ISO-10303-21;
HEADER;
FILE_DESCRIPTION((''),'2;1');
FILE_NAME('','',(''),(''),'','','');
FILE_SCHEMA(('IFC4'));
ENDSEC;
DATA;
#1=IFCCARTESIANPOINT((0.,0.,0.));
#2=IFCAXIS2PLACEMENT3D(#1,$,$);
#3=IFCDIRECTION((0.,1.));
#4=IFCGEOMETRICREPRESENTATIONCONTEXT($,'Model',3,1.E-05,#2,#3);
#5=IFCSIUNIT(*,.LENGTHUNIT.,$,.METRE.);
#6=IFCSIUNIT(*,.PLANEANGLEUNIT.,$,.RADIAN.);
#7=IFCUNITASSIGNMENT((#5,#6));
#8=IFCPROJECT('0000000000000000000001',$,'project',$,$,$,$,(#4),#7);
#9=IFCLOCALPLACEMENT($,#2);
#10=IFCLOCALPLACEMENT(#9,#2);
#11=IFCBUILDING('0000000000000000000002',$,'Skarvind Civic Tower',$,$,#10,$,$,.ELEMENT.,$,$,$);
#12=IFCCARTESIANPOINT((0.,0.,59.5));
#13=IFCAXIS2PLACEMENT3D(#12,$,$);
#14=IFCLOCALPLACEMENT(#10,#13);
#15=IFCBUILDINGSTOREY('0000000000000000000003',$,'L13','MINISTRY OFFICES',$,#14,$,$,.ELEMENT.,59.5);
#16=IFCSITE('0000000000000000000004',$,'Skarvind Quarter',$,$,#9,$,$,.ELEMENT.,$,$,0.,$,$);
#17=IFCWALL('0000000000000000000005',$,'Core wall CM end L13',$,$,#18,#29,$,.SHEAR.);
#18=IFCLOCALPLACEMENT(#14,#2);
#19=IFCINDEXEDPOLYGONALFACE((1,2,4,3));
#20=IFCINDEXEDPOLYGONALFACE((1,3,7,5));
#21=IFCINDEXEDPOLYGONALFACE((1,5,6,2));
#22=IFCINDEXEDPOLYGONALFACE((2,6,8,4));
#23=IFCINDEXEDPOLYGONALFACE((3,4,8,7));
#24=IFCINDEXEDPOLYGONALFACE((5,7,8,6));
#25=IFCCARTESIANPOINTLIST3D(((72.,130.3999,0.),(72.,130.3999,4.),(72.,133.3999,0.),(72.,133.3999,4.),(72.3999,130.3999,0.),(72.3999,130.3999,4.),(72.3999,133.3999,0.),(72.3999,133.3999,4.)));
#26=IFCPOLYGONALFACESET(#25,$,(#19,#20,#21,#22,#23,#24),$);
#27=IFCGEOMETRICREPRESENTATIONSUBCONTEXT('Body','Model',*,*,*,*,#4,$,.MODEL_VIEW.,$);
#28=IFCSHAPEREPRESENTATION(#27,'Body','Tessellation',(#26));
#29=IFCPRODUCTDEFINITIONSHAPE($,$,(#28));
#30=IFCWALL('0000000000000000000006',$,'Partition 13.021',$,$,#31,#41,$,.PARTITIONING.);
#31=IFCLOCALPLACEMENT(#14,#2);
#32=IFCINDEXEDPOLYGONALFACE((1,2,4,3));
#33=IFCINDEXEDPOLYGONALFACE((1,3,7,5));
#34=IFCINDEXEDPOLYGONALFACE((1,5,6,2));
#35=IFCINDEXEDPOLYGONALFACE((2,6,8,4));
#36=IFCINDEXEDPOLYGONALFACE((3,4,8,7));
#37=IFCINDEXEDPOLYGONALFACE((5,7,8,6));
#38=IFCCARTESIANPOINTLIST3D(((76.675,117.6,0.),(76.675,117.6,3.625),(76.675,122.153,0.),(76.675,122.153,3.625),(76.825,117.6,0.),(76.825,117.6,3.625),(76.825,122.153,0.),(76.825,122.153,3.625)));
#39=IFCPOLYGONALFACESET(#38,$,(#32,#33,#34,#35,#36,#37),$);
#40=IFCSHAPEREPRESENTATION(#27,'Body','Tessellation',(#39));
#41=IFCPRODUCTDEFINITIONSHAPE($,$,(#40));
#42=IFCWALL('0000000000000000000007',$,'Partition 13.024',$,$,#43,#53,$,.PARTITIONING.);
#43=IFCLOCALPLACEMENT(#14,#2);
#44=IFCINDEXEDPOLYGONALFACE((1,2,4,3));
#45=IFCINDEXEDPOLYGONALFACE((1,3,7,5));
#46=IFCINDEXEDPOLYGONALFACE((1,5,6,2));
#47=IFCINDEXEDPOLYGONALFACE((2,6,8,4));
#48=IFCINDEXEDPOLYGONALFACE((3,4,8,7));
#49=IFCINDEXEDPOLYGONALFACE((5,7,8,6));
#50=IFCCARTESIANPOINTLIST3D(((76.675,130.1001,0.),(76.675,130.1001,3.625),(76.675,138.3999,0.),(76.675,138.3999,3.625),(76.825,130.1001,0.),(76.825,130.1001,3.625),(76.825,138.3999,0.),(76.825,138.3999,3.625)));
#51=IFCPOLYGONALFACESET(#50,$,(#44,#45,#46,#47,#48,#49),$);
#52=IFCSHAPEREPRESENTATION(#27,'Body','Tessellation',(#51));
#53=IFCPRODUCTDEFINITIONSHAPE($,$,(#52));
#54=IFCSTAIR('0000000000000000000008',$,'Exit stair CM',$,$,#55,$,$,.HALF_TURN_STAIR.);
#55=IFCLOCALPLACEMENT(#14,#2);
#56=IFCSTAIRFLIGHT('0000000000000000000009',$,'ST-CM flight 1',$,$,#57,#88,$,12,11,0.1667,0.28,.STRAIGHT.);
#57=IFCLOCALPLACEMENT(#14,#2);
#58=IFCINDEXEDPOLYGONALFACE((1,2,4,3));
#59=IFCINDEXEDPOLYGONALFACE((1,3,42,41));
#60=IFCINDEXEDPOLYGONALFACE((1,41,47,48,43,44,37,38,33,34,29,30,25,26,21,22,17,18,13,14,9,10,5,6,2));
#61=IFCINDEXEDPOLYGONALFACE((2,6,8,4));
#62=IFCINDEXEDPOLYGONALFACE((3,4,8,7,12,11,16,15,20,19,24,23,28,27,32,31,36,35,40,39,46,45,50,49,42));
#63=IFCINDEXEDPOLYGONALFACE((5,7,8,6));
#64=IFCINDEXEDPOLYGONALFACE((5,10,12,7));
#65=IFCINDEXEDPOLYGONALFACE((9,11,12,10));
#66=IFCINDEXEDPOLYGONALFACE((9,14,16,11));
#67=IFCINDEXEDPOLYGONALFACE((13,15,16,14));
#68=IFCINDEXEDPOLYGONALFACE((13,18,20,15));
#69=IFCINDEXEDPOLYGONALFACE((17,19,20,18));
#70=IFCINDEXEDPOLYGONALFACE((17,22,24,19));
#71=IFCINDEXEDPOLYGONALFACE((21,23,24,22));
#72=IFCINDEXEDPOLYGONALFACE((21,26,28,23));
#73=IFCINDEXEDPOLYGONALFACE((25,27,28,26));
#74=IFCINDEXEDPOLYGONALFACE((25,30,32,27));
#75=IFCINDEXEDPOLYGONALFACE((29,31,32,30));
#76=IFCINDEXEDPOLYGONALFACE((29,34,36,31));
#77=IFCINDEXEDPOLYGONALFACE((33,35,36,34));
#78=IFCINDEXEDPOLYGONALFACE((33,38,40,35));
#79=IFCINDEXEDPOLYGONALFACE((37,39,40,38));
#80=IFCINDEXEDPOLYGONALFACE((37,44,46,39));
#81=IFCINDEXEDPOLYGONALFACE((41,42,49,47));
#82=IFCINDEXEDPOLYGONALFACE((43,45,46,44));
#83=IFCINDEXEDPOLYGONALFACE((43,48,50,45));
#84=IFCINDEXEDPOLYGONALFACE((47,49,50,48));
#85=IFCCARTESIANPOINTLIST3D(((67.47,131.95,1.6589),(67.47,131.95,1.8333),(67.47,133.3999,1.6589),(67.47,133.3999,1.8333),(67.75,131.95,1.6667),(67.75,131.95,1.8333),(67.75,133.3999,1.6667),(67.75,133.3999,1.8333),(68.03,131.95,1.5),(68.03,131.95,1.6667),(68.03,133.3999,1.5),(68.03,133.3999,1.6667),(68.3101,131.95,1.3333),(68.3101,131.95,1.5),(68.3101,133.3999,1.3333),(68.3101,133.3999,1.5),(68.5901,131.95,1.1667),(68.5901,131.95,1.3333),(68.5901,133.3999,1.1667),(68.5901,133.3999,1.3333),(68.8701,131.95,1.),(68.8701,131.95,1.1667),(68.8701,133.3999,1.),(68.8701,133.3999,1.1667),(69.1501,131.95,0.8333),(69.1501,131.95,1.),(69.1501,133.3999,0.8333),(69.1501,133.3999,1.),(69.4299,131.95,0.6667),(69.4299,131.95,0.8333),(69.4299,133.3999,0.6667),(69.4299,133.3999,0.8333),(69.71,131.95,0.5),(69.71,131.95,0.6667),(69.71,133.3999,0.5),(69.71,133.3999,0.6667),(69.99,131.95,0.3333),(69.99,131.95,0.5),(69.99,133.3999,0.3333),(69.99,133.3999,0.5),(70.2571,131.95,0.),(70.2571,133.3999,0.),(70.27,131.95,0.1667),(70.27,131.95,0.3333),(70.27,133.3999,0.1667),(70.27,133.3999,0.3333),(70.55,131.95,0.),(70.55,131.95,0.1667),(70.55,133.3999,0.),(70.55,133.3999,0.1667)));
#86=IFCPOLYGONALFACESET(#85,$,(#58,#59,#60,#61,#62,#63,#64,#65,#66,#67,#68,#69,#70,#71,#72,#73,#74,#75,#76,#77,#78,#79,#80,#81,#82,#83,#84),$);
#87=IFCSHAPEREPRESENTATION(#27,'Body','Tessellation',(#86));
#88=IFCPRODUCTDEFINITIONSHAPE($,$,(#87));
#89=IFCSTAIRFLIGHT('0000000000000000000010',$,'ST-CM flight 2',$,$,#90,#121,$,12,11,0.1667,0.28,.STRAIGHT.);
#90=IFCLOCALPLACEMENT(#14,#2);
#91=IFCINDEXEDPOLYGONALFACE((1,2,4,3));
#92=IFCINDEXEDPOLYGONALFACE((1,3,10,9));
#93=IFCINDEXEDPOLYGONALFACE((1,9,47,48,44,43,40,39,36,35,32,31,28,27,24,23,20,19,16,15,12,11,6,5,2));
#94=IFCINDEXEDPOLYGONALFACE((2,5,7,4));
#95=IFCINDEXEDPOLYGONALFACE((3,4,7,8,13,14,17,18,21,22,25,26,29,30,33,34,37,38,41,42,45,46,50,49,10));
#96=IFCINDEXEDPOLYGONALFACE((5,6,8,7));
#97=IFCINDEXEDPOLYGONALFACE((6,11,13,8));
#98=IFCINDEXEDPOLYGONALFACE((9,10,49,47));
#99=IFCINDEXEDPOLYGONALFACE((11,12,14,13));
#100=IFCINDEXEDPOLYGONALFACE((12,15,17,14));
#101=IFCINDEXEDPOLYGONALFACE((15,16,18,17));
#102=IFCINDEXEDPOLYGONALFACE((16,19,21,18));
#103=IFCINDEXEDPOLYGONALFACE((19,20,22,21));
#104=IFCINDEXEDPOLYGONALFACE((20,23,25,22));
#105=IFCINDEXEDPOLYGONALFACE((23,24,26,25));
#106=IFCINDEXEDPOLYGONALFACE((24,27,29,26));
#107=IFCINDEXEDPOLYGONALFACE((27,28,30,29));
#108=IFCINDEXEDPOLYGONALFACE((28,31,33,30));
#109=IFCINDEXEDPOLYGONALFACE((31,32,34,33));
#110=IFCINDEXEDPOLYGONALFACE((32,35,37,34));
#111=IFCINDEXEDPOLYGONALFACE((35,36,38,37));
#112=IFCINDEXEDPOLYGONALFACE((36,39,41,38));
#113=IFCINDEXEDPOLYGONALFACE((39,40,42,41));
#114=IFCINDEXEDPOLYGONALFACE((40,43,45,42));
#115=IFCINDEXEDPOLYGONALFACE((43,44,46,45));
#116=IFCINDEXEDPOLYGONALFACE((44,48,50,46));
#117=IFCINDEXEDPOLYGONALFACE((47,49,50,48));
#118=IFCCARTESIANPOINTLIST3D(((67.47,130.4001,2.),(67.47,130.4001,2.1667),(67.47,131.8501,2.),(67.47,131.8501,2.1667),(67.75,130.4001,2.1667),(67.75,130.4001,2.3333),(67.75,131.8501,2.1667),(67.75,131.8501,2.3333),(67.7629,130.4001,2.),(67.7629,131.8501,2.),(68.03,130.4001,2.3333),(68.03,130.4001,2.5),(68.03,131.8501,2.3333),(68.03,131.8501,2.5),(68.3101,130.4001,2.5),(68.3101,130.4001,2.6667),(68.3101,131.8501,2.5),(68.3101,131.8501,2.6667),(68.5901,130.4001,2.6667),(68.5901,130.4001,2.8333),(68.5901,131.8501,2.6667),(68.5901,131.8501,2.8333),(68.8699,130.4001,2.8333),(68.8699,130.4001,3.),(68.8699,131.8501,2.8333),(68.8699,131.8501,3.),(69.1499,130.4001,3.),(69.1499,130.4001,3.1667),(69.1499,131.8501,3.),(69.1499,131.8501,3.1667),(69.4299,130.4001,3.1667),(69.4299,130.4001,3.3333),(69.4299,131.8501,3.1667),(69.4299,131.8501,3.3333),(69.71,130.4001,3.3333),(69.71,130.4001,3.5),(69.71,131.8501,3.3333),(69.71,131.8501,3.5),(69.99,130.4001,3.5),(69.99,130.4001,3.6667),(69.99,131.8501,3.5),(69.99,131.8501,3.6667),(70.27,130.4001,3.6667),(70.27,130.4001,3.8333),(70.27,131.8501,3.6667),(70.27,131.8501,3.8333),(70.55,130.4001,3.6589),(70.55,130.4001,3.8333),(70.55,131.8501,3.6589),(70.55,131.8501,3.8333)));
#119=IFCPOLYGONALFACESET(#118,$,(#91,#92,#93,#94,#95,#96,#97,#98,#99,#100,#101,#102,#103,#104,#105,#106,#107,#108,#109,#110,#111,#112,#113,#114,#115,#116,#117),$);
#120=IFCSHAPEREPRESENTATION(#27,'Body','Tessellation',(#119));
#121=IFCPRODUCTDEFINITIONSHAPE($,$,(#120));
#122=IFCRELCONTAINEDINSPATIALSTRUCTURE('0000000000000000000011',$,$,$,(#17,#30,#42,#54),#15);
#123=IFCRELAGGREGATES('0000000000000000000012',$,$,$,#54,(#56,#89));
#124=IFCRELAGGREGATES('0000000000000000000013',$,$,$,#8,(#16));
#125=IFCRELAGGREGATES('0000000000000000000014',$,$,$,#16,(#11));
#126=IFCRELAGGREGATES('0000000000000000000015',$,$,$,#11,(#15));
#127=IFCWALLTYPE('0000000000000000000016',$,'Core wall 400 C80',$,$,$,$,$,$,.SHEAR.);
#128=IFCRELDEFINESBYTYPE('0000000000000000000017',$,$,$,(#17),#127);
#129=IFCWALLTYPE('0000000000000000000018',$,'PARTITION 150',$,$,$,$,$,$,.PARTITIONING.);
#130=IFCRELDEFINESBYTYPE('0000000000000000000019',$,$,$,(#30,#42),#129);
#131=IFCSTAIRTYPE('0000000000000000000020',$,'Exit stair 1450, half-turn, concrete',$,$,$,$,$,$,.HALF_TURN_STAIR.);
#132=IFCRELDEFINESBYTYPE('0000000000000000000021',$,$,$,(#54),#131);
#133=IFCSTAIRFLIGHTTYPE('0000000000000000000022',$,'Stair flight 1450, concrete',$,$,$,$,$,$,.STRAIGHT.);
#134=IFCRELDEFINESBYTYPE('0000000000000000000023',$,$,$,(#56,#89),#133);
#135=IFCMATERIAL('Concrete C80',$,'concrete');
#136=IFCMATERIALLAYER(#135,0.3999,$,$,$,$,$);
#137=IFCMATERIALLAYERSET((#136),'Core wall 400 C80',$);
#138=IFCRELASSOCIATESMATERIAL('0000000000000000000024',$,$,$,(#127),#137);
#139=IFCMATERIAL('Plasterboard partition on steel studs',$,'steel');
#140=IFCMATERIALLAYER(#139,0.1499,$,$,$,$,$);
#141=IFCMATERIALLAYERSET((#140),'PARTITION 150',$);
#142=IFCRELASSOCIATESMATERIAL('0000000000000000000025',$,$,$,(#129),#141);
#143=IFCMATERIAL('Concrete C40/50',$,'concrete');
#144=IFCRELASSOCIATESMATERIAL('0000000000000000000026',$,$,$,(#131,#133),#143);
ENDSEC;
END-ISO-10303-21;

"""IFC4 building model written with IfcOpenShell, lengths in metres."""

from ifc_helpers import new_model, si_unit, direction, frame, frame_2d, origin, place, context, subcontext, project, spatial, polyline, rectangle, outline, extrude, material, layer, layer_set, type_object, element, aggregate, save


model = new_model("IFC4")

# Units and contexts
model_context = context("Model", 3, precision=1e-05, world=origin(), true_north=direction((0.0, 1.0)))
body_context = subcontext(model_context, "Body", "Model", "MODEL_VIEW")
ifc_project = project(units=[si_unit("LENGTHUNIT", "METRE"), si_unit("PLANEANGLEUNIT", "RADIAN")], contexts=[model_context])

# Site, building, storey
site_placement = place(None, origin())
site = spatial("IfcSite", under=ifc_project, at=site_placement, Name="Skarvind Quarter", CompositionType="ELEMENT", RefElevation=0.0)
building_placement = place(site_placement, origin())
building = spatial("IfcBuilding", under=site, at=building_placement, Name="Skarvind Civic Tower", CompositionType="ELEMENT")
storey_placement = place(building_placement, frame((0.0, 0.0, 59.5)))
storey = spatial("IfcBuildingStorey", under=building, at=storey_placement, Name="L13", Description="MINISTRY OFFICES", CompositionType="ELEMENT", Elevation=59.5)

# Shared definitions
ifc_material_1 = material(Name="Concrete C80", Category="concrete")

# Walls
ifc_layer_1 = layer(ifc_material_1, 0.3999)
ifc_layer_set_1 = layer_set([ifc_layer_1], Name="Core wall 400 C80")
wall_type_1 = type_object("IfcWallType", Name="Core wall 400 C80", PredefinedType="SHEAR", material=ifc_layer_set_1)
for number, where, z_axis, x_axis, name in (
    (1, (72.2, 130.3999, 0.0), (0.0, 0.0, 1.0), (0.0, 1.0, 0.0), "Core wall CM end L13"),
):
    element("IfcWall", number, at=place(storey_placement, frame(where, z_axis=z_axis, x_axis=x_axis)), inside=storey, type_object=wall_type_1, Name=name, PredefinedType="SHEAR", context=body_context, shape_type="SweptSolid", body=[
        extrude(rectangle(XDim=3.0, YDim=0.3999, at=frame_2d((1.5, 0.0))), origin(), (0.0, 0.0, 1.0), 4.0),
    ])
ifc_material_2 = material(Name="Plasterboard partition on steel studs", Category="steel")
ifc_layer_2 = layer(ifc_material_2, 0.1499)
ifc_layer_set_2 = layer_set([ifc_layer_2], Name="PARTITION 150")
wall_type_2 = type_object("IfcWallType", Name="PARTITION 150", PredefinedType="PARTITIONING", material=ifc_layer_set_2)
wall_1_placement = place(storey_placement, frame((76.75, 117.6001, 0.0), z_axis=(0.0, 0.0, 1.0), x_axis=(0.0, 1.0, 0.0)))
element("IfcWall", 2, at=wall_1_placement, inside=storey, type_object=wall_type_2, Name="Partition 13.021", PredefinedType="PARTITIONING", context=body_context, shape_type="SweptSolid", body=[
    extrude(rectangle(XDim=4.553, YDim=0.1499, at=frame_2d((2.2764, 0.0))), origin(), (0.0, 0.0, 1.0), 3.625),
])
wall_2_placement = place(storey_placement, frame((76.75, 130.1001, 0.0), z_axis=(0.0, 0.0, 1.0), x_axis=(0.0, 1.0, 0.0)))
element("IfcWall", 3, at=wall_2_placement, inside=storey, type_object=wall_type_2, Name="Partition 13.024", PredefinedType="PARTITIONING", context=body_context, shape_type="SweptSolid", body=[
    extrude(rectangle(XDim=8.2998, YDim=0.1499, at=frame_2d((4.1499, 0.0))), origin(), (0.0, 0.0, 1.0), 3.625),
])

# Stair, stair flights
ifc_material_3 = material(Name="Concrete C40/50", Category="concrete")
stair_type = type_object("IfcStairType", Name="Exit stair 1450, half-turn, concrete", PredefinedType="HALF_TURN_STAIR", material=ifc_material_3)
stair_placement = place(storey_placement, origin())
stair = element("IfcStair", 4, at=stair_placement, inside=storey, type_object=stair_type, Name="Exit stair CM", PredefinedType="HALF_TURN_STAIR")
stair_flight_type = type_object("IfcStairFlightType", Name="Stair flight 1450, concrete", PredefinedType="STRAIGHT", material=ifc_material_3)
stair_flight_1_placement = place(storey_placement, frame((70.55, 132.675, 0.0), z_axis=(0.0, 0.0, 1.0), x_axis=(-1.0, 0.0, 0.0)))
stair_flight_1 = element("IfcStairFlight", 5, at=stair_flight_1_placement, type_object=stair_flight_type, Name="ST-CM flight 1", NumberOfRisers=12, NumberOfTreads=11, PredefinedType="STRAIGHT", RiserHeight=0.1667, TreadLength=0.28, context=body_context, shape_type="SweptSolid", body=[
    extrude(outline(polyline([(0.0, 0.0), (0.0, 0.1667), (0.28, 0.1667), (0.28, 0.3333), (0.5601, 0.3333), (0.5601, 0.5), (0.8401, 0.5), (0.8401, 0.6667), (1.1201, 0.6667), (1.1201, 0.8333), (1.3999, 0.8333), (1.3999, 1.0), (1.6799, 1.0), (1.6799, 1.1667), (1.96, 1.1667), (1.96, 1.3333), (2.24, 1.3333), (2.24, 1.5), (2.52, 1.5), (2.52, 1.6667), (2.8, 1.6667), (2.8, 1.8333), (3.0801, 1.8333), (3.0801, 2.0), (3.0801, 1.6589), (0.293, 0.0), (0.0, 0.0)])), frame((0.0, 0.7251, 0.0), z_axis=(0.0, -1.0, 0.0), x_axis=(1.0, 0.0, 0.0)), (0.0, 0.0, 1.0), 1.45),
])
stair_flight_2_placement = place(storey_placement, frame((67.47, 131.125, 2.0), z_axis=(0.0, 0.0, 1.0), x_axis=(1.0, 0.0, 0.0)))
stair_flight_2 = element("IfcStairFlight", 6, at=stair_flight_2_placement, type_object=stair_flight_type, Name="ST-CM flight 2", NumberOfRisers=12, NumberOfTreads=11, PredefinedType="STRAIGHT", RiserHeight=0.1667, TreadLength=0.28, context=body_context, shape_type="SweptSolid", body=[
    extrude(outline(polyline([(0.0, 0.0), (0.0, 0.1667), (0.28, 0.1667), (0.28, 0.3333), (0.5601, 0.3333), (0.5601, 0.5), (0.8401, 0.5), (0.8401, 0.6667), (1.1201, 0.6667), (1.1201, 0.8333), (1.3999, 0.8333), (1.3999, 1.0), (1.6799, 1.0), (1.6799, 1.1667), (1.96, 1.1667), (1.96, 1.3333), (2.24, 1.3333), (2.24, 1.5), (2.52, 1.5), (2.52, 1.6667), (2.8, 1.6667), (2.8, 1.8333), (3.0801, 1.8333), (3.0801, 2.0), (3.0801, 1.6589), (0.293, 0.0), (0.0, 0.0)])), frame((0.0, 0.7251, 0.0), z_axis=(0.0, -1.0, 0.0), x_axis=(1.0, 0.0, 0.0)), (0.0, 0.0, 1.0), 1.45),
])
aggregate(stair, [stair_flight_1, stair_flight_2])

save(model, "model.ifc")
